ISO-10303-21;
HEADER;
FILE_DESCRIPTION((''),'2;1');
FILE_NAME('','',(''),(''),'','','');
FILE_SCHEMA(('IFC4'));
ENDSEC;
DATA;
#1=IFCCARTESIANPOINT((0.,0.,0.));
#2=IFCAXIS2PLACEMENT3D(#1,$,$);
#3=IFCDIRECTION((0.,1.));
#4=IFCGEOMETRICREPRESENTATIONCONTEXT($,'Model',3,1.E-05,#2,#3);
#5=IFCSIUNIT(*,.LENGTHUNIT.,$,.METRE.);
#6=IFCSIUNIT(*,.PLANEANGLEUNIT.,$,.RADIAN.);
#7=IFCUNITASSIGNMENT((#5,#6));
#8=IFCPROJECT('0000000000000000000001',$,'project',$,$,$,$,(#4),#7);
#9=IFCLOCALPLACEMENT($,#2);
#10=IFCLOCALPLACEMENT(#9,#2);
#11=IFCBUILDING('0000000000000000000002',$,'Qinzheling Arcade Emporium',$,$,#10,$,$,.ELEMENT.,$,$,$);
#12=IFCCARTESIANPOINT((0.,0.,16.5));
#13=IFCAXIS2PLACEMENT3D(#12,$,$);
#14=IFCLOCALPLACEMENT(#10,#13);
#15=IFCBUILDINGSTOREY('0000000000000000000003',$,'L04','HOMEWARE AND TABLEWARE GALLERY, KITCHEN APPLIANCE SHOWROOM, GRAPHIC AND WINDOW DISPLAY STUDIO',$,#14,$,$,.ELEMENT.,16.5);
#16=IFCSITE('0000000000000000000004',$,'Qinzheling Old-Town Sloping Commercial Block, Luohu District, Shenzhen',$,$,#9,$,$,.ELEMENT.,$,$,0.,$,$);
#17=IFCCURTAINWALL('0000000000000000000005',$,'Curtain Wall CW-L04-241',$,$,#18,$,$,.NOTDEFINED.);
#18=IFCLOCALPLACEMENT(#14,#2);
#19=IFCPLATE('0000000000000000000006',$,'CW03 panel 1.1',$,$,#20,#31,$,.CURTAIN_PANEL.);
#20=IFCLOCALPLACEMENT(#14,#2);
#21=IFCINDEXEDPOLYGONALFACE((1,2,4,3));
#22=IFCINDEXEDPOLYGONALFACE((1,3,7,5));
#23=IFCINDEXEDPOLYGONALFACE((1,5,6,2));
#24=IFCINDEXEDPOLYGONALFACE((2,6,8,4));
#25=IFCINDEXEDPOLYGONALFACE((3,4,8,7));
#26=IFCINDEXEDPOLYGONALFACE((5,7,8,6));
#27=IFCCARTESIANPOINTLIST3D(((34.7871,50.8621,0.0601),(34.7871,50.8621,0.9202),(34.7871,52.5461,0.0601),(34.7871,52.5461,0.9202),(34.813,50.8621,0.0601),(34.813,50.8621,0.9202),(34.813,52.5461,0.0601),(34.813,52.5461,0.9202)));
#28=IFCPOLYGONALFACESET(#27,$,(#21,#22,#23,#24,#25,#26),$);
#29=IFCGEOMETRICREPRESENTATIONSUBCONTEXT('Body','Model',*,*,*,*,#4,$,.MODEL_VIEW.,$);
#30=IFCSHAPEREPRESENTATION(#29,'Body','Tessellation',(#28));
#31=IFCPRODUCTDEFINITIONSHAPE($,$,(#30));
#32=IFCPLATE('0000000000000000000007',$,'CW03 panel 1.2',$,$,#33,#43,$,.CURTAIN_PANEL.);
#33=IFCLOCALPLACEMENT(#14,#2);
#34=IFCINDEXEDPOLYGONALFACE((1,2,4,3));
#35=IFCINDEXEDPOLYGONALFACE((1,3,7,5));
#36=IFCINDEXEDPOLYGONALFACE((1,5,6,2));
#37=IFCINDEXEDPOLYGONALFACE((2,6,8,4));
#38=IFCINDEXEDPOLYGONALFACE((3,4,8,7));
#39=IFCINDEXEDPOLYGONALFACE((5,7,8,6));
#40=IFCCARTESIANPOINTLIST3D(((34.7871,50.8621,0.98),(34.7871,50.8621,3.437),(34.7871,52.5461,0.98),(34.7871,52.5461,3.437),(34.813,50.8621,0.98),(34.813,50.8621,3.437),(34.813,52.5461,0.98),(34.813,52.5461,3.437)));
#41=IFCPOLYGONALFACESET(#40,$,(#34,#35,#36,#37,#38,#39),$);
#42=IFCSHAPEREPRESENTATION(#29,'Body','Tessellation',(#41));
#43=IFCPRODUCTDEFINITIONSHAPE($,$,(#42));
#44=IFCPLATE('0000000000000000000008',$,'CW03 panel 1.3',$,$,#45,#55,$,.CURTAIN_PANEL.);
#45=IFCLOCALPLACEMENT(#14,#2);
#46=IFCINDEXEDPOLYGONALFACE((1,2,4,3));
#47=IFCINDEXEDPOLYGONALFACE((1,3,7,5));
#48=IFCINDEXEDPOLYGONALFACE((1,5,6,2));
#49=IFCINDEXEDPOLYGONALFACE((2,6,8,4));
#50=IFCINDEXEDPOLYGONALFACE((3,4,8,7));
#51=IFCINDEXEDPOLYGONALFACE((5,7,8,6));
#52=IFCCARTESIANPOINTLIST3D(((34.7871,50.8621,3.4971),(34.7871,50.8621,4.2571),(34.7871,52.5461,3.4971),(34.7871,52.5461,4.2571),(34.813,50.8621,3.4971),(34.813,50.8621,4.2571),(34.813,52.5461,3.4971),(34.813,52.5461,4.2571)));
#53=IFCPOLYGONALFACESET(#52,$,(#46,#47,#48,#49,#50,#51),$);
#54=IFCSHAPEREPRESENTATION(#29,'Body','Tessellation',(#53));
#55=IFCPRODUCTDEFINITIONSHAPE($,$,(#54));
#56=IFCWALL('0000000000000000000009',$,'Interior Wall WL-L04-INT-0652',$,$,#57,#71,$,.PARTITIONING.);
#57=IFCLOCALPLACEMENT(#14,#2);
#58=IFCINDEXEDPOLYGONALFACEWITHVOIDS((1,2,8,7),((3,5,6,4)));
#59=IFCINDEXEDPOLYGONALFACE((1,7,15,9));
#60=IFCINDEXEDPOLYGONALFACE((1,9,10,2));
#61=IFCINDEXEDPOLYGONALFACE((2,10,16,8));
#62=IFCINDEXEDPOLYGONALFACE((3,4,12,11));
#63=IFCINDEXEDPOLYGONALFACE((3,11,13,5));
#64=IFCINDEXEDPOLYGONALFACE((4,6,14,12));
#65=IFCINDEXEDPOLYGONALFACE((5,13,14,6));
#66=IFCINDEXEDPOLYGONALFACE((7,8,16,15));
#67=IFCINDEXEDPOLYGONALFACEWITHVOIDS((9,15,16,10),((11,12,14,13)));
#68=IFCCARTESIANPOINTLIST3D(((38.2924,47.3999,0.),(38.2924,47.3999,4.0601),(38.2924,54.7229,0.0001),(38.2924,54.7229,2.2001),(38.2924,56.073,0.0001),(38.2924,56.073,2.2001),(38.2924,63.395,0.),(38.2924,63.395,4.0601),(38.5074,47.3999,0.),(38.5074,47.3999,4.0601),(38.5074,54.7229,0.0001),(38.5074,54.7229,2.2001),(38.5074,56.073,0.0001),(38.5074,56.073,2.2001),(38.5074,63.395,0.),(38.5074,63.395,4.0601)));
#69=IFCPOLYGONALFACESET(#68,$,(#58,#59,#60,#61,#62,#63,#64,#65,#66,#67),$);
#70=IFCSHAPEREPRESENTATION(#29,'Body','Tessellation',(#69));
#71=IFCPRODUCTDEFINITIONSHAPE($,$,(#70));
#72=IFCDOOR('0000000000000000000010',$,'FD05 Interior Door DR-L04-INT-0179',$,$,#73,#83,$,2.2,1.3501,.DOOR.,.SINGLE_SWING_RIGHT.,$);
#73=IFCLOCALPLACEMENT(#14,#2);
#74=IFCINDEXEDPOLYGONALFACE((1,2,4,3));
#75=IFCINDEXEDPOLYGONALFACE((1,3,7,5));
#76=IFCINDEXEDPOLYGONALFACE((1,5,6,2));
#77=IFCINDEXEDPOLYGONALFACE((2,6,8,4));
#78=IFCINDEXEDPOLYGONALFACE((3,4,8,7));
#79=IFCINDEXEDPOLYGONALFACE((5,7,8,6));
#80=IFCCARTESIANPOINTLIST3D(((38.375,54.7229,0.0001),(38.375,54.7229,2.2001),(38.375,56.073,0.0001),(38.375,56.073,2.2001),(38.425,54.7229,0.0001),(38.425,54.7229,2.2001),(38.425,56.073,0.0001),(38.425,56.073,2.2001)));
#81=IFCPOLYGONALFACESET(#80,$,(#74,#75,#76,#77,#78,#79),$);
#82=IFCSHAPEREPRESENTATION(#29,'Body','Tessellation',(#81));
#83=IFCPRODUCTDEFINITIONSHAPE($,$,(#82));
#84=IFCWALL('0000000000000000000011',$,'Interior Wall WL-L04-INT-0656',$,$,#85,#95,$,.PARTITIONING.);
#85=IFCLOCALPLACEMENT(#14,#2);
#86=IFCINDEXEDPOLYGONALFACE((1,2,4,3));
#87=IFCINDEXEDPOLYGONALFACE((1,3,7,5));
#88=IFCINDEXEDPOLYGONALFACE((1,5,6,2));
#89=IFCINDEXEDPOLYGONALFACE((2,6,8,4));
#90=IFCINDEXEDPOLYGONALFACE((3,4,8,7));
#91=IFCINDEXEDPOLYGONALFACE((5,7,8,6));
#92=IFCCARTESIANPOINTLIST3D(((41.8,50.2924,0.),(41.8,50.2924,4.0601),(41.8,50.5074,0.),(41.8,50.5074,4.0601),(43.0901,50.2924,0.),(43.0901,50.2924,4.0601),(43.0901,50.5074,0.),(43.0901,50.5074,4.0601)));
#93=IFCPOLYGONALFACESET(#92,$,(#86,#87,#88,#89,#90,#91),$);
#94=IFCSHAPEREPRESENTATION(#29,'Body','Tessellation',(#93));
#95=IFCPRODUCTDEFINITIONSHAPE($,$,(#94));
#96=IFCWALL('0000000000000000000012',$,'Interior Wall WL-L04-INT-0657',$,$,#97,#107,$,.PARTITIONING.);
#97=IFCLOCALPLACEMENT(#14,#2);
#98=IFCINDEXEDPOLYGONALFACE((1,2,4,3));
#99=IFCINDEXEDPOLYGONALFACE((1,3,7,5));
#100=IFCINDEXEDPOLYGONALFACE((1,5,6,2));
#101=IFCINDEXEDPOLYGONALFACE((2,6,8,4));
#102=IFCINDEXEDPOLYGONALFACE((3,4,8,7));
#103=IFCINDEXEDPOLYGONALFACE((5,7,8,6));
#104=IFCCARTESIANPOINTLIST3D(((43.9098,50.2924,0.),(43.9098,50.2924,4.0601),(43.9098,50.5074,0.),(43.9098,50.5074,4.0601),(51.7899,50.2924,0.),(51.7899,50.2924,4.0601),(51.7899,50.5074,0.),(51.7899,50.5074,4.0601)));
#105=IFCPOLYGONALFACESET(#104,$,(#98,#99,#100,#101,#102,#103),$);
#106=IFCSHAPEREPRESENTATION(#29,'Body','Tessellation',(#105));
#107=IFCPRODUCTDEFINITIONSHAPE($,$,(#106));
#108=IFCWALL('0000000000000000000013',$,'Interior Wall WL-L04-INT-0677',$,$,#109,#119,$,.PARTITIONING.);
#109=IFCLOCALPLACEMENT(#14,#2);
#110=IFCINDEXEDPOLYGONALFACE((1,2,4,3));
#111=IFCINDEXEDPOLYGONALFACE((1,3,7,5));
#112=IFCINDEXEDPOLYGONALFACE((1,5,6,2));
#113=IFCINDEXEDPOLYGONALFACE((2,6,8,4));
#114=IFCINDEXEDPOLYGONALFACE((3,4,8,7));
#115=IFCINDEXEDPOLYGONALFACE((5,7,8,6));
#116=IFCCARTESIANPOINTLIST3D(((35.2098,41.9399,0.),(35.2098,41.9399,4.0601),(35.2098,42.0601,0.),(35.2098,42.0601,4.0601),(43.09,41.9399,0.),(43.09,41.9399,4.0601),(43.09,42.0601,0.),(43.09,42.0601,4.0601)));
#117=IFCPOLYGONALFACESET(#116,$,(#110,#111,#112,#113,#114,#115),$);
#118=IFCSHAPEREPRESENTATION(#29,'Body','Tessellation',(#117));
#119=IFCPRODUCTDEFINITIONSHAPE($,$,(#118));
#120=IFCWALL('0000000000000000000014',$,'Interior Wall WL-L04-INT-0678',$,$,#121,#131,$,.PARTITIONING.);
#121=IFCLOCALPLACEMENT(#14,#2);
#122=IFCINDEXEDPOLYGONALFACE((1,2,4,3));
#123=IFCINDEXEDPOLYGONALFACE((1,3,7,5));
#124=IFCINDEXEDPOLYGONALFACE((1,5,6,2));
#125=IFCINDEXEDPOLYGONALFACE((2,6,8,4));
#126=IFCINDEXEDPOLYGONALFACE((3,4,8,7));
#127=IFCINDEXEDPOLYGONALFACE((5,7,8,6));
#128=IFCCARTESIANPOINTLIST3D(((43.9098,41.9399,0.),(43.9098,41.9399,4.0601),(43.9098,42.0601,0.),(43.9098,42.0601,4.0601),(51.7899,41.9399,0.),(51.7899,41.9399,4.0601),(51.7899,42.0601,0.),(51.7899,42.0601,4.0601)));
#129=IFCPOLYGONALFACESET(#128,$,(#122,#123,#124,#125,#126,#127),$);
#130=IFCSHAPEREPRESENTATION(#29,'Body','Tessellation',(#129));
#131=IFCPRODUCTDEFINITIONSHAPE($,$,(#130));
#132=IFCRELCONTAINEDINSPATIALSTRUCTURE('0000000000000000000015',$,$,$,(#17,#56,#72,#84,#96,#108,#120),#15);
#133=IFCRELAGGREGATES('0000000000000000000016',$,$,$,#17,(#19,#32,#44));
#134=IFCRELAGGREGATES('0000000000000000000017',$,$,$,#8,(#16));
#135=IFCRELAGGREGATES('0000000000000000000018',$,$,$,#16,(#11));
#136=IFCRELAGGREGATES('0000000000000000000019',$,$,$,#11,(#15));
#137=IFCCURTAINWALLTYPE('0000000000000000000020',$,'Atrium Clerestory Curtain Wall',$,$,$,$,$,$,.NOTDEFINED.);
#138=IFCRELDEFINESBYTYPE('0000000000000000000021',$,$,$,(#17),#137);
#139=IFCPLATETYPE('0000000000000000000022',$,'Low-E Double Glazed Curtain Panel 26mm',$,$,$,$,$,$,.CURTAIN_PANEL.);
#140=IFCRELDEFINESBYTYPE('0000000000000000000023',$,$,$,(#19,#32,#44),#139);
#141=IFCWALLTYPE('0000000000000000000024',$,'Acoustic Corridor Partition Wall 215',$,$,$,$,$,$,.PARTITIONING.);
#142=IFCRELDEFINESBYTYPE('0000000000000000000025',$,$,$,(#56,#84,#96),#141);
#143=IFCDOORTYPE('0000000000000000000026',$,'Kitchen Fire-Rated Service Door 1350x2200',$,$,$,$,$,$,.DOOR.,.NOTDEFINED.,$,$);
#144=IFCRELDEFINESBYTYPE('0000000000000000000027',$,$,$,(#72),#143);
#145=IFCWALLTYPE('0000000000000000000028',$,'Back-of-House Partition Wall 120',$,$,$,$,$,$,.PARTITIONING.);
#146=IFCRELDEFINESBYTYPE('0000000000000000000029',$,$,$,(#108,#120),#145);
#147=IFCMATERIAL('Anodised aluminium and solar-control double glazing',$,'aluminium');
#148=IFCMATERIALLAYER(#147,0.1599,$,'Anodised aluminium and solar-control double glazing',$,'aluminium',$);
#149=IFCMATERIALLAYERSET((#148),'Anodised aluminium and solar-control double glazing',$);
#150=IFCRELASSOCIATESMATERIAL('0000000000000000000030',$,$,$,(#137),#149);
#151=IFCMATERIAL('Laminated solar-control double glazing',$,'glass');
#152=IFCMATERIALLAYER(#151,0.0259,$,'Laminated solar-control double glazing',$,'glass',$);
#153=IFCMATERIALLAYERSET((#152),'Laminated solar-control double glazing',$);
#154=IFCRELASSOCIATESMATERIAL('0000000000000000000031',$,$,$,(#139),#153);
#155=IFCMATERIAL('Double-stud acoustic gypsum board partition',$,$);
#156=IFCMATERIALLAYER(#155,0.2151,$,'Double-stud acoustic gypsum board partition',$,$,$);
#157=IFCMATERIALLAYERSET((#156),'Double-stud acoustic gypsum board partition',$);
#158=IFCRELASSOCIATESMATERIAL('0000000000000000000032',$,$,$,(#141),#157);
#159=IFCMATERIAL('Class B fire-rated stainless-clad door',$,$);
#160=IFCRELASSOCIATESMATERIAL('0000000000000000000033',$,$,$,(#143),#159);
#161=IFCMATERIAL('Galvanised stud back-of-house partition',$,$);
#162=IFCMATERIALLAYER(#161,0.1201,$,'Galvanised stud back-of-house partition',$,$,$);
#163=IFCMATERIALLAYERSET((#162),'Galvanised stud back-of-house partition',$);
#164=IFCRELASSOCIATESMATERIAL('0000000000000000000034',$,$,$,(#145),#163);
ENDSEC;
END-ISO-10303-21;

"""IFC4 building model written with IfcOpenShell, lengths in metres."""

from ifc_helpers import new_model, si_unit, direction, frame, frame_2d, origin, origin_2d, place, context, subcontext, project, spatial, rectangle, extrude, material, layer, layer_set, type_object, element, fill, aggregate, save


model = new_model("IFC4")

# Units and contexts
model_context = context("Model", 3, precision=1e-05, world=origin(), true_north=direction((0.0, 1.0)))
body_context = subcontext(model_context, "Body", "Model", "MODEL_VIEW")
ifc_project = project(units=[si_unit("LENGTHUNIT", "METRE"), si_unit("PLANEANGLEUNIT", "RADIAN")], contexts=[model_context])

# Site, building, storey
site_placement = place(None, origin())
site = spatial("IfcSite", under=ifc_project, at=site_placement, Name="Qinzheling Old-Town Sloping Commercial Block, Luohu District, Shenzhen", CompositionType="ELEMENT", RefElevation=0.0)
building_placement = place(site_placement, origin())
building = spatial("IfcBuilding", under=site, at=building_placement, Name="Qinzheling Arcade Emporium", CompositionType="ELEMENT")
storey_placement = place(building_placement, frame((0.0, 0.0, 16.5)))
storey = spatial("IfcBuildingStorey", under=building, at=storey_placement, Name="L04", Description="HOMEWARE AND TABLEWARE GALLERY, KITCHEN APPLIANCE SHOWROOM, GRAPHIC AND WINDOW DISPLAY STUDIO", CompositionType="ELEMENT", Elevation=16.5)

# Curtain wall
ifc_material_1 = material(Name="Anodised aluminium and solar-control double glazing", Category="aluminium")
ifc_layer_1 = layer(ifc_material_1, 0.1599, Name="Anodised aluminium and solar-control double glazing", Category="aluminium")
ifc_layer_set_1 = layer_set([ifc_layer_1], Name="Anodised aluminium and solar-control double glazing")
curtain_wall_type = type_object("IfcCurtainWallType", Name="Atrium Clerestory Curtain Wall", PredefinedType="NOTDEFINED", material=ifc_layer_set_1)
curtain_wall_placement = place(storey_placement, origin())
curtain_wall = element("IfcCurtainWall", 1, at=curtain_wall_placement, inside=storey, type_object=curtain_wall_type, Name="Curtain Wall CW-L04-241", PredefinedType="NOTDEFINED")

# Plates
ifc_material_2 = material(Name="Laminated solar-control double glazing", Category="glass")
ifc_layer_2 = layer(ifc_material_2, 0.0259, Name="Laminated solar-control double glazing", Category="glass")
ifc_layer_set_2 = layer_set([ifc_layer_2], Name="Laminated solar-control double glazing")
plate_type = type_object("IfcPlateType", Name="Low-E Double Glazed Curtain Panel 26mm", PredefinedType="CURTAIN_PANEL", material=ifc_layer_set_2)
plate_1_placement = place(storey_placement, frame((34.8, 51.7041, 0.0601), z_axis=(0.0, 0.0, 1.0), x_axis=(0.0, 1.0, 0.0)))
plate_1 = element("IfcPlate", 2, at=plate_1_placement, type_object=plate_type, Name="CW03 panel 1.1", PredefinedType="CURTAIN_PANEL", context=body_context, shape_type="SweptSolid", body=[
    extrude(rectangle(XDim=1.6841, YDim=0.0259, at=origin_2d()), origin(), (0.0, 0.0, 1.0), 0.8601),
])
plate_2_placement = place(storey_placement, frame((34.8, 51.7041, 0.98), z_axis=(0.0, 0.0, 1.0), x_axis=(0.0, 1.0, 0.0)))
plate_2 = element("IfcPlate", 3, at=plate_2_placement, type_object=plate_type, Name="CW03 panel 1.2", PredefinedType="CURTAIN_PANEL", context=body_context, shape_type="SweptSolid", body=[
    extrude(rectangle(XDim=1.6841, YDim=0.0259, at=origin_2d()), origin(), (0.0, 0.0, 1.0), 2.457),
])
plate_3_placement = place(storey_placement, frame((34.8, 51.7041, 3.4971), z_axis=(0.0, 0.0, 1.0), x_axis=(0.0, 1.0, 0.0)))
plate_3 = element("IfcPlate", 4, at=plate_3_placement, type_object=plate_type, Name="CW03 panel 1.3", PredefinedType="CURTAIN_PANEL", context=body_context, shape_type="SweptSolid", body=[
    extrude(rectangle(XDim=1.6841, YDim=0.0259, at=origin_2d()), origin(), (0.0, 0.0, 1.0), 0.76),
])
aggregate(curtain_wall, [plate_1, plate_2, plate_3])

# Wall, opening, door
ifc_material_3 = material(Name="Double-stud acoustic gypsum board partition")
ifc_layer_3 = layer(ifc_material_3, 0.2151, Name="Double-stud acoustic gypsum board partition")
ifc_layer_set_3 = layer_set([ifc_layer_3], Name="Double-stud acoustic gypsum board partition")
wall_type_1 = type_object("IfcWallType", Name="Acoustic Corridor Partition Wall 215", PredefinedType="PARTITIONING", material=ifc_layer_set_3)
wall_1_placement = place(storey_placement, frame((38.3999, 47.3999, 0.0), z_axis=(0.0, 0.0, 1.0), x_axis=(0.0, 1.0, 0.0)))
wall_1 = element("IfcWall", 5, at=wall_1_placement, inside=storey, type_object=wall_type_1, Name="Interior Wall WL-L04-INT-0652", PredefinedType="PARTITIONING", context=body_context, shape_type="SweptSolid", body=[
    extrude(rectangle(XDim=15.9951, YDim=0.2151, at=frame_2d((7.9976, 0.0))), origin(), (0.0, 0.0, 1.0), 4.0601),
])
opening_placement = place(wall_1_placement, frame((7.323, 0.0, 0.0)))
opening = element("IfcOpeningElement", 6, at=opening_placement, cuts=wall_1, PredefinedType="OPENING", context=body_context, shape_type="SweptSolid", body=[
    extrude(rectangle(XDim=1.3501, YDim=2.2, at=frame_2d((0.675, 1.1001))), frame((0.0, 0.1177, 0.0), z_axis=(0.0, -1.0, 0.0), x_axis=(1.0, 0.0, 0.0)), (0.0, 0.0, 1.0), 0.2351),
])
ifc_material_4 = material(Name="Class B fire-rated stainless-clad door")
door_type = type_object("IfcDoorType", Name="Kitchen Fire-Rated Service Door 1350x2200", OperationType="NOTDEFINED", PredefinedType="DOOR", material=ifc_material_4)
door_placement = place(opening_placement, origin())
door = element("IfcDoor", 7, at=door_placement, inside=storey, type_object=door_type, Name="FD05 Interior Door DR-L04-INT-0179", OperationType="SINGLE_SWING_RIGHT", OverallHeight=2.2, OverallWidth=1.3501, PredefinedType="DOOR", context=body_context, shape_type="SweptSolid", body=[
    extrude(rectangle(XDim=1.3501, YDim=2.2, at=frame_2d((0.675, 1.1001))), frame((0.0, 0.0249, 0.0), z_axis=(0.0, -1.0, 0.0), x_axis=(1.0, 0.0, 0.0)), (0.0, 0.0, 1.0), 0.05),
])
fill(opening, door)

# Walls
wall_2_placement = place(storey_placement, frame((41.8, 50.3999, 0.0), z_axis=(0.0, 0.0, 1.0), x_axis=(1.0, 0.0, 0.0)))
element("IfcWall", 8, at=wall_2_placement, inside=storey, type_object=wall_type_1, Name="Interior Wall WL-L04-INT-0656", PredefinedType="PARTITIONING", context=body_context, shape_type="SweptSolid", body=[
    extrude(rectangle(XDim=1.29, YDim=0.2151, at=frame_2d((0.645, 0.0))), origin(), (0.0, 0.0, 1.0), 4.0601),
])
wall_3_placement = place(storey_placement, frame((43.9099, 50.3999, 0.0), z_axis=(0.0, 0.0, 1.0), x_axis=(1.0, 0.0, 0.0)))
element("IfcWall", 9, at=wall_3_placement, inside=storey, type_object=wall_type_1, Name="Interior Wall WL-L04-INT-0657", PredefinedType="PARTITIONING", context=body_context, shape_type="SweptSolid", body=[
    extrude(rectangle(XDim=7.8801, YDim=0.2151, at=frame_2d((3.9399, 0.0))), origin(), (0.0, 0.0, 1.0), 4.0601),
])
ifc_material_5 = material(Name="Galvanised stud back-of-house partition")
ifc_layer_4 = layer(ifc_material_5, 0.1201, Name="Galvanised stud back-of-house partition")
ifc_layer_set_4 = layer_set([ifc_layer_4], Name="Galvanised stud back-of-house partition")
wall_type_2 = type_object("IfcWallType", Name="Back-of-House Partition Wall 120", PredefinedType="PARTITIONING", material=ifc_layer_set_4)
for number, where, z_axis, x_axis, name in (
    (10, (35.21, 42.0, 0.0), (0.0, 0.0, 1.0), (1.0, 0.0, 0.0), "Interior Wall WL-L04-INT-0677"),
    (11, (43.9099, 42.0, 0.0), (0.0, 0.0, 1.0), (1.0, 0.0, 0.0), "Interior Wall WL-L04-INT-0678"),
):
    element("IfcWall", number, at=place(storey_placement, frame(where, z_axis=z_axis, x_axis=x_axis)), inside=storey, type_object=wall_type_2, Name=name, PredefinedType="PARTITIONING", context=body_context, shape_type="SweptSolid", body=[
        extrude(rectangle(XDim=7.8801, YDim=0.1201, at=frame_2d((3.9399, 0.0))), origin(), (0.0, 0.0, 1.0), 4.0601),
    ])

save(model, "model.ifc")
